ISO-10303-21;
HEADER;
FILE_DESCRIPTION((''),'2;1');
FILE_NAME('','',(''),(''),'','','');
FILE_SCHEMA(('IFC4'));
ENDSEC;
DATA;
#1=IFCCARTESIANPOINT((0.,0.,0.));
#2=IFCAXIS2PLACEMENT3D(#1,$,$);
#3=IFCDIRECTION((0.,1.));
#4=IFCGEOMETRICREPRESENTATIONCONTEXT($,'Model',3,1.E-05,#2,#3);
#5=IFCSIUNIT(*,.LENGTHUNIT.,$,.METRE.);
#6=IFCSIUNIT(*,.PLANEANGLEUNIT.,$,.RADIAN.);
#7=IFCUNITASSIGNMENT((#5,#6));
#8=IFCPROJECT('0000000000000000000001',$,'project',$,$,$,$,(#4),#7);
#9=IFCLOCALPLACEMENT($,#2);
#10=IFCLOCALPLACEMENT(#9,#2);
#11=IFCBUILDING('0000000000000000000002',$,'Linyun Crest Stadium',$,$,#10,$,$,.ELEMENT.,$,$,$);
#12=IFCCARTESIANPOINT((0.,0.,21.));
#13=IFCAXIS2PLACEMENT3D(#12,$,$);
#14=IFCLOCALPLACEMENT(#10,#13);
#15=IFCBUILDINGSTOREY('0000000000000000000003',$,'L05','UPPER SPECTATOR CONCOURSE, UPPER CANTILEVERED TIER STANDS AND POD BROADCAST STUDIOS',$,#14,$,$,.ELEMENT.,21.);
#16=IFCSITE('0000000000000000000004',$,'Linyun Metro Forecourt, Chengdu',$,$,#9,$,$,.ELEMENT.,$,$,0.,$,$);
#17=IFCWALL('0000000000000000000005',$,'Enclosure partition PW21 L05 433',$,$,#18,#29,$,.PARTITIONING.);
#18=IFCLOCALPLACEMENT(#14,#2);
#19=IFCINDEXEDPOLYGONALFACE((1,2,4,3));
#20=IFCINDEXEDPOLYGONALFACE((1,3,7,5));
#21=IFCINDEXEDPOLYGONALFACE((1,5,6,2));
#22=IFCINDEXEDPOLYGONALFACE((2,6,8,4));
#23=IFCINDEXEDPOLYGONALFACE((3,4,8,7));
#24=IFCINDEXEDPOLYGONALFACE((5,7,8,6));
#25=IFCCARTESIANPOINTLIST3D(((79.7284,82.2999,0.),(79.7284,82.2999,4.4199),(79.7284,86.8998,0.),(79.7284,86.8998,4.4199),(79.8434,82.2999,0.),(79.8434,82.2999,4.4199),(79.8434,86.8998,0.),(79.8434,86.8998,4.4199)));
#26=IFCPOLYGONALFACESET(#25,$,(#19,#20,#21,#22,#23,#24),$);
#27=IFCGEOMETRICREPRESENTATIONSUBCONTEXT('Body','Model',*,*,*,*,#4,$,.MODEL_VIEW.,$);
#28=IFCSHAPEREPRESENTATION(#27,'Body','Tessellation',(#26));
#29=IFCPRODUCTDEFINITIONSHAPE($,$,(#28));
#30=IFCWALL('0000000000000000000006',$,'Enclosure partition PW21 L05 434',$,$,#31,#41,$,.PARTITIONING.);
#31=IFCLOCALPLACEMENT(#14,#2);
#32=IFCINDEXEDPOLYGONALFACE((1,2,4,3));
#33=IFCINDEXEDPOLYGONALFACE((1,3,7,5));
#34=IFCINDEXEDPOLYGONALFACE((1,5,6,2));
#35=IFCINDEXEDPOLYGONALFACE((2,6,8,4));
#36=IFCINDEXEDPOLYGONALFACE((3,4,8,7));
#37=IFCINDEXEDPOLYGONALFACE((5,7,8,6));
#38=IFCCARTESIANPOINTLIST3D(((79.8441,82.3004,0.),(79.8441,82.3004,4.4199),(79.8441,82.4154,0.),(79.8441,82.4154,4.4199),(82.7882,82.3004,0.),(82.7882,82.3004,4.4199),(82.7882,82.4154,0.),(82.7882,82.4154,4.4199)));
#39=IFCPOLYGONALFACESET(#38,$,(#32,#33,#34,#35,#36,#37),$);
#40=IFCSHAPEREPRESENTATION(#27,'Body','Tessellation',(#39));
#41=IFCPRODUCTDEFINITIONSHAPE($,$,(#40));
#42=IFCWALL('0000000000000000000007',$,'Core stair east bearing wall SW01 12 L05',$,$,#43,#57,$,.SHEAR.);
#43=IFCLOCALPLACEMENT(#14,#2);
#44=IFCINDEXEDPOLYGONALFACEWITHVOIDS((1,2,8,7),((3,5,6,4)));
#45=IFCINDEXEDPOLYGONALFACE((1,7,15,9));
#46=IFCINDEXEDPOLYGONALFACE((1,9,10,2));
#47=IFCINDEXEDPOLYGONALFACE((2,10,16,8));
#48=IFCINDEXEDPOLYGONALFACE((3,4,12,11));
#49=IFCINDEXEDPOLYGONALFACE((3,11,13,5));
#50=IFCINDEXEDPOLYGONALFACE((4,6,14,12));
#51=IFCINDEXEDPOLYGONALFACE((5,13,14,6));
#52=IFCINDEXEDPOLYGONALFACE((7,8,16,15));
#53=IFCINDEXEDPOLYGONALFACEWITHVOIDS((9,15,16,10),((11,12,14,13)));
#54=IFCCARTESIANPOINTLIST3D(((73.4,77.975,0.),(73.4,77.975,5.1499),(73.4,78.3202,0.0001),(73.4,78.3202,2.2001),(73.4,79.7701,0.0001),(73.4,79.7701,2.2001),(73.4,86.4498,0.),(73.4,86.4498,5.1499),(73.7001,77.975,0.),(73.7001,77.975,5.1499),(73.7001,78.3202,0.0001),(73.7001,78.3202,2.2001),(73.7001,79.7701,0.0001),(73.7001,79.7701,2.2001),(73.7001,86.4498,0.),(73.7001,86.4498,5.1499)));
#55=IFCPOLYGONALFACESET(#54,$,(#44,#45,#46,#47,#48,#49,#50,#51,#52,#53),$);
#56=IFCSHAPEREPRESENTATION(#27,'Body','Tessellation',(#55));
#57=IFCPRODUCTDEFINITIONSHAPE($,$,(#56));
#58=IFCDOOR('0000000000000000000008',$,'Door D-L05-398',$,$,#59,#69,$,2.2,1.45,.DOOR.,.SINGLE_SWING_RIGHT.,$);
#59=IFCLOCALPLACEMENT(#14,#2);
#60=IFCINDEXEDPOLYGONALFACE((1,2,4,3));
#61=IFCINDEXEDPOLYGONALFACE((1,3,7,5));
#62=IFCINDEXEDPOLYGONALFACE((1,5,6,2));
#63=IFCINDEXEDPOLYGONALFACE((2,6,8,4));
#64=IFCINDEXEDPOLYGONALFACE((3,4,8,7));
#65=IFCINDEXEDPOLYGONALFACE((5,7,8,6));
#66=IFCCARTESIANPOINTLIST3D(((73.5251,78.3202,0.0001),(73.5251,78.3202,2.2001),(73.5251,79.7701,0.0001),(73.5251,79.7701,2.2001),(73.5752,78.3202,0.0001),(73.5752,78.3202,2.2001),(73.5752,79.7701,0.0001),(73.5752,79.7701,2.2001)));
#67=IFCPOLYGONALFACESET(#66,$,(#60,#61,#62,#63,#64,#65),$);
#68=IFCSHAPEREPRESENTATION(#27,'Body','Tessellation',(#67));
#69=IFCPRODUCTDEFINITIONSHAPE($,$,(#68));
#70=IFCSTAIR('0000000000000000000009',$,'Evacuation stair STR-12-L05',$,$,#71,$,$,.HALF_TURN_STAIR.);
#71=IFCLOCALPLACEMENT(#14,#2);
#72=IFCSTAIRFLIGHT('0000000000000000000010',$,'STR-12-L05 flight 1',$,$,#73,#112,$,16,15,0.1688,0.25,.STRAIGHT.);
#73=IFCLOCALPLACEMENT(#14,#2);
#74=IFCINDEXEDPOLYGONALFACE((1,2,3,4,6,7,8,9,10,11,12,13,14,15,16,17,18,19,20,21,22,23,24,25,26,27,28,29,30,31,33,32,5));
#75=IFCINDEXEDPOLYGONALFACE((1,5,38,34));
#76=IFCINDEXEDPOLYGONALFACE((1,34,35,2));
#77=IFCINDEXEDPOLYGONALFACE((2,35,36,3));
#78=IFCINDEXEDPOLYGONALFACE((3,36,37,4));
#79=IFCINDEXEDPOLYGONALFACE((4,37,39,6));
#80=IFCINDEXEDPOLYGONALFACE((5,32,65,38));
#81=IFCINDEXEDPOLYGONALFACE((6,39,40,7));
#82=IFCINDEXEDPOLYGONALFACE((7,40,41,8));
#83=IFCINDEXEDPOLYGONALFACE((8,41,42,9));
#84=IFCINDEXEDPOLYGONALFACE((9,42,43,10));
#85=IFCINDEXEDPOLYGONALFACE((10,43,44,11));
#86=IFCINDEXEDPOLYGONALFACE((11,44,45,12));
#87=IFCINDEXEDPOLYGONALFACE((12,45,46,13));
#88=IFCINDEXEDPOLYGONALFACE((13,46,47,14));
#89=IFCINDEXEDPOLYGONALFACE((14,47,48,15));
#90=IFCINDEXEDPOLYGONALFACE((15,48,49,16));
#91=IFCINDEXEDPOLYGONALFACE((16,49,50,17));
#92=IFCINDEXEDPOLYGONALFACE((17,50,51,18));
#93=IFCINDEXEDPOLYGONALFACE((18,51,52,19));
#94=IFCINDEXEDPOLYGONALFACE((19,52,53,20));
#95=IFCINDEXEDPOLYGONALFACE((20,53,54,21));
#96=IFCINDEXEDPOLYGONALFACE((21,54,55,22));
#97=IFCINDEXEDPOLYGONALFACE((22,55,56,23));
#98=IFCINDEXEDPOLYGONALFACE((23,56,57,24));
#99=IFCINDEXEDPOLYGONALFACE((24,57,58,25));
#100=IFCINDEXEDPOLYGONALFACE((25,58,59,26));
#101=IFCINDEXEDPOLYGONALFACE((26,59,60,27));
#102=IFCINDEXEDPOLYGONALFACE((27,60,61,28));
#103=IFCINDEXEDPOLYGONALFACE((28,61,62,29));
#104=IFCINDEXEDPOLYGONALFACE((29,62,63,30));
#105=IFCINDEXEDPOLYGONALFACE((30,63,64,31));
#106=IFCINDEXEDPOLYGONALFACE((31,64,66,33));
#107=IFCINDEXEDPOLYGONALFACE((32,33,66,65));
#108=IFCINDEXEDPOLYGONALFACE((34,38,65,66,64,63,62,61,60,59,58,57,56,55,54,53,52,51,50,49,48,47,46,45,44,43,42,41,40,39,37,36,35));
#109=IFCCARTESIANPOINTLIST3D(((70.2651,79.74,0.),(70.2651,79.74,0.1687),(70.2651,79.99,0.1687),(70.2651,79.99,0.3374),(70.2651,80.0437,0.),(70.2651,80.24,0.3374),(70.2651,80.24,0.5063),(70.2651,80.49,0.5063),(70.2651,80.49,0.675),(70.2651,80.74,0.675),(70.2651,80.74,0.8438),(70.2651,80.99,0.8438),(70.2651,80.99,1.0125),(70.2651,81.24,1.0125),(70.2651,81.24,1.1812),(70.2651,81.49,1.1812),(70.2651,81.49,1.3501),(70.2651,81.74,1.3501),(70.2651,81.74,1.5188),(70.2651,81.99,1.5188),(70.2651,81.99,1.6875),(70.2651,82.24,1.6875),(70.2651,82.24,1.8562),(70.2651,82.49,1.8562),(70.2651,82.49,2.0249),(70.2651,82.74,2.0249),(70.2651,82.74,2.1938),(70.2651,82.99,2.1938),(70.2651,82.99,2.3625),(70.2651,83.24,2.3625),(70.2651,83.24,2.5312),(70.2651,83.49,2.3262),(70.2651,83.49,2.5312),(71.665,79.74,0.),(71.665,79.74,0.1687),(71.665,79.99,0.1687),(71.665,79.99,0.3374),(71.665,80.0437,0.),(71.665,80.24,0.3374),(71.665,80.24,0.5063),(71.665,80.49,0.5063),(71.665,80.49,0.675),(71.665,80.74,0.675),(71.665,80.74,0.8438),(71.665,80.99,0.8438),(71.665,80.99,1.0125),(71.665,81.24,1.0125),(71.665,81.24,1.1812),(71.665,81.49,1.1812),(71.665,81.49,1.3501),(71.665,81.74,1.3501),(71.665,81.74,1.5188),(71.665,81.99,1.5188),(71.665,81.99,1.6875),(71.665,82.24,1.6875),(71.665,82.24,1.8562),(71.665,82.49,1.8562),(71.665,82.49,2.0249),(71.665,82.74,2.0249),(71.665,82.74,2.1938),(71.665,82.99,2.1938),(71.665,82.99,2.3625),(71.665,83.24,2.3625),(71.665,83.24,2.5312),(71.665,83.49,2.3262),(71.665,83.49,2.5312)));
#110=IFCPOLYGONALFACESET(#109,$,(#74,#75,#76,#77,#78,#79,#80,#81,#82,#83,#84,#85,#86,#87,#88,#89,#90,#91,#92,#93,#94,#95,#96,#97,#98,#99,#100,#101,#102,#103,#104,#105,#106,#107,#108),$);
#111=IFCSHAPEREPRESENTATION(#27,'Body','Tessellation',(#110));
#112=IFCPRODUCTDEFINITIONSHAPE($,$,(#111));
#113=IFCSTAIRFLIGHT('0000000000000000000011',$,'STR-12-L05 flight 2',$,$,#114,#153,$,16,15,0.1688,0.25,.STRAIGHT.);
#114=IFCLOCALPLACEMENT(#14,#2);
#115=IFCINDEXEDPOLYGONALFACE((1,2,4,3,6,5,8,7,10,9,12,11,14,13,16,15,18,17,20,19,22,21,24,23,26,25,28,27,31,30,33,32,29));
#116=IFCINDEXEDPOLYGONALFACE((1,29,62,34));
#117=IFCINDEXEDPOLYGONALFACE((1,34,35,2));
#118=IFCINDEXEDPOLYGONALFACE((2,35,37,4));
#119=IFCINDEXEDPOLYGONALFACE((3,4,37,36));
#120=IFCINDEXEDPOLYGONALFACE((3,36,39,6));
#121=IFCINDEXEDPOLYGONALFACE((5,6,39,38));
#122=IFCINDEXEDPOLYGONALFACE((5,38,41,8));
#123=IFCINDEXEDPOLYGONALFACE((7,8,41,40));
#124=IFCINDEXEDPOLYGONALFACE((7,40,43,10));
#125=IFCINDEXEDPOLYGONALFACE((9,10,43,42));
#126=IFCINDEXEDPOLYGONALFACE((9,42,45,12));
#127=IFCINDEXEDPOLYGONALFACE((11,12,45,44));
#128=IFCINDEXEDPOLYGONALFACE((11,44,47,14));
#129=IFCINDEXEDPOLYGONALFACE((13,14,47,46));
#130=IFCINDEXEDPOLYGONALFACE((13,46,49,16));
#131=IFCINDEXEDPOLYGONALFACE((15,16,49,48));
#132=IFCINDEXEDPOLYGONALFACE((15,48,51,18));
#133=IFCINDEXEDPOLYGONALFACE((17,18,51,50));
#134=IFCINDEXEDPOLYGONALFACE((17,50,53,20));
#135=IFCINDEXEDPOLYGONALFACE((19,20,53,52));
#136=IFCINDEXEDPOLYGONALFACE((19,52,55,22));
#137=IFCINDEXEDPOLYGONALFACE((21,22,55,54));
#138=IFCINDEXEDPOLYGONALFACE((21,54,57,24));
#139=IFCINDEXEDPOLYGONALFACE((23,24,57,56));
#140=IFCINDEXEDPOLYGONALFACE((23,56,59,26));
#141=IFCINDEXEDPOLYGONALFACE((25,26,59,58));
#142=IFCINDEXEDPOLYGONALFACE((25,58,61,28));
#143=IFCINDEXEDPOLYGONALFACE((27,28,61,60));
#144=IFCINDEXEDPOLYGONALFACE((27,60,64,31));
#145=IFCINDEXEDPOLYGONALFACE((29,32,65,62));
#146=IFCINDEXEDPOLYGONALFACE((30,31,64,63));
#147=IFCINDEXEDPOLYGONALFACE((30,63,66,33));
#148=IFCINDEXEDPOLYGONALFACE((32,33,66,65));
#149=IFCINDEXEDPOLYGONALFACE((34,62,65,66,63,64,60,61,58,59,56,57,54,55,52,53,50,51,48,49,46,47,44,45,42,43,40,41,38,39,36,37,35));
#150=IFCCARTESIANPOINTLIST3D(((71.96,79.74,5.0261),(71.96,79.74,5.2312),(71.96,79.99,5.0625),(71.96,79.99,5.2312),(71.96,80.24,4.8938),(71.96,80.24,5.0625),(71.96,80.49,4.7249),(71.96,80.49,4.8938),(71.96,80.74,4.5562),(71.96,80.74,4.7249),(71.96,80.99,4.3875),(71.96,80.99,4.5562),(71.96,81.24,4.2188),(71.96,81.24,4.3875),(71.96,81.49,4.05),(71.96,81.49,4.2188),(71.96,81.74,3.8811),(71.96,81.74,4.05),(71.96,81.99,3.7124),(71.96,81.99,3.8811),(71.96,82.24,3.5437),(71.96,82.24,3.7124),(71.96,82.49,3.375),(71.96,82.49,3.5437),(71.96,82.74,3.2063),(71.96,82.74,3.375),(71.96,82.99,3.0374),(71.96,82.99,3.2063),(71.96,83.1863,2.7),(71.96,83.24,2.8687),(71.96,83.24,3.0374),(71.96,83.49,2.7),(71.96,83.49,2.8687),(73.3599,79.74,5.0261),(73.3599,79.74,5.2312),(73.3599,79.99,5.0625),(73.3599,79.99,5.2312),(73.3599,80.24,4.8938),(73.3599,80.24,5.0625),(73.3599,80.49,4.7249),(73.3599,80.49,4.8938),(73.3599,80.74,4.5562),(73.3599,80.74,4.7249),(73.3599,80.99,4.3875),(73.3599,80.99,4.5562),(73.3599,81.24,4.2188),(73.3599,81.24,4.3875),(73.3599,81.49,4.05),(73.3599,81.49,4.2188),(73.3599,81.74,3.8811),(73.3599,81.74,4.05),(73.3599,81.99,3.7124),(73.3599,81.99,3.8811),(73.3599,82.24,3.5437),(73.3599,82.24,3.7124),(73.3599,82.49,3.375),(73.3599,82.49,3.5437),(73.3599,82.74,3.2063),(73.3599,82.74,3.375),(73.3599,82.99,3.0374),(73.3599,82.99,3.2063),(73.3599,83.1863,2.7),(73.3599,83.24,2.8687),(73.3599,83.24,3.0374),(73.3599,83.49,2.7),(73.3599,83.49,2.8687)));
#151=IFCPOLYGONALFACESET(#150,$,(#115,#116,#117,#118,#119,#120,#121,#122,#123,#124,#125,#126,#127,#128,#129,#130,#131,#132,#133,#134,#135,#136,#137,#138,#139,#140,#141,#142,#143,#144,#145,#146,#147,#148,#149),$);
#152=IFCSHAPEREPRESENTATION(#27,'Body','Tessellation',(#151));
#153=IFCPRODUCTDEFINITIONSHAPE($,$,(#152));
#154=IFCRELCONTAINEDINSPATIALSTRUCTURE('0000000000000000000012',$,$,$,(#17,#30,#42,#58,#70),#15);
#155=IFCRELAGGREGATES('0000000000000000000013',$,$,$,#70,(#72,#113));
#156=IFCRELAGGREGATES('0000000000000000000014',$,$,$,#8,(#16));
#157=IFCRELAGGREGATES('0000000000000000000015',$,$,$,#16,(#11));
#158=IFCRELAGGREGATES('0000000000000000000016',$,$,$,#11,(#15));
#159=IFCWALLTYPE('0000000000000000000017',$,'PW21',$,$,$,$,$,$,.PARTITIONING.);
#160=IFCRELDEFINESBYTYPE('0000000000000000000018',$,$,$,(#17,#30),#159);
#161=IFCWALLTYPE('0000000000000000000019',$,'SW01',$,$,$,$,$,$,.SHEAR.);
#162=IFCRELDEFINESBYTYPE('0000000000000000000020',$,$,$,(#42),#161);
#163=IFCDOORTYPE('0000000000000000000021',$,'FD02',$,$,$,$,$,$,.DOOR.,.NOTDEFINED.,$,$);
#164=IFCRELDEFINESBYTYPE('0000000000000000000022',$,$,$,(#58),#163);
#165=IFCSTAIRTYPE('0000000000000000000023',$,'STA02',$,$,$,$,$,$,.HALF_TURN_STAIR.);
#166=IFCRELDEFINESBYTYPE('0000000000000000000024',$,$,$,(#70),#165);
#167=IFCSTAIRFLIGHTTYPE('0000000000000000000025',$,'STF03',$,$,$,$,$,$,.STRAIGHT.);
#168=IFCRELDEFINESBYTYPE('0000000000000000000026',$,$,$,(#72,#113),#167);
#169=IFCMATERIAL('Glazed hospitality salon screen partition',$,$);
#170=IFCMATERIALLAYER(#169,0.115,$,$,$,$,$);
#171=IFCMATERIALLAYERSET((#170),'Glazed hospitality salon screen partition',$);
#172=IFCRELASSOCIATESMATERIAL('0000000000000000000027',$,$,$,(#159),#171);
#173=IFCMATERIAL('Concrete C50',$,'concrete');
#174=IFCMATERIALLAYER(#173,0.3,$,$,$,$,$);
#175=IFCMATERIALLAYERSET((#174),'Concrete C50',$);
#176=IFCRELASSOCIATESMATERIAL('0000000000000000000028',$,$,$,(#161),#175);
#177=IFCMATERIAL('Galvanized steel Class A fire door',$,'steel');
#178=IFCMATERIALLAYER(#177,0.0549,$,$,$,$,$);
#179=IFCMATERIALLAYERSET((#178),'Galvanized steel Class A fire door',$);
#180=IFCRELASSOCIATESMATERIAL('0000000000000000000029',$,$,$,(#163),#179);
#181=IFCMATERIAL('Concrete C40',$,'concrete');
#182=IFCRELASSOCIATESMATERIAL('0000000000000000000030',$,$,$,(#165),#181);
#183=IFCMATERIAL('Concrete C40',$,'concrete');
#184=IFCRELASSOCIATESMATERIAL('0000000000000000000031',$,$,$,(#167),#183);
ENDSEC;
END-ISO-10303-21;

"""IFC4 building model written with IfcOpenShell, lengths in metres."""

from ifc_helpers import new_model, si_unit, direction, frame, frame_2d, origin, place, context, subcontext, project, spatial, polyline, rectangle, outline, extrude, material, layer, layer_set, type_object, element, fill, aggregate, save


model = new_model("IFC4")

# Units and contexts
model_context = context("Model", 3, precision=1e-05, world=origin(), true_north=direction((0.0, 1.0)))
body_context = subcontext(model_context, "Body", "Model", "MODEL_VIEW")
ifc_project = project(units=[si_unit("LENGTHUNIT", "METRE"), si_unit("PLANEANGLEUNIT", "RADIAN")], contexts=[model_context])

# Site, building, storey
site_placement = place(None, origin())
site = spatial("IfcSite", under=ifc_project, at=site_placement, Name="Linyun Metro Forecourt, Chengdu", CompositionType="ELEMENT", RefElevation=0.0)
building_placement = place(site_placement, origin())
building = spatial("IfcBuilding", under=site, at=building_placement, Name="Linyun Crest Stadium", CompositionType="ELEMENT")
storey_placement = place(building_placement, frame((0.0, 0.0, 21.0)))
storey = spatial("IfcBuildingStorey", under=building, at=storey_placement, Name="L05", Description="UPPER SPECTATOR CONCOURSE, UPPER CANTILEVERED TIER STANDS AND POD BROADCAST STUDIOS", CompositionType="ELEMENT", Elevation=21.0)

# Walls
ifc_material_1 = material(Name="Glazed hospitality salon screen partition")
ifc_layer_1 = layer(ifc_material_1, 0.115)
ifc_layer_set_1 = layer_set([ifc_layer_1], Name="Glazed hospitality salon screen partition")
wall_type_1 = type_object("IfcWallType", Name="PW21", PredefinedType="PARTITIONING", material=ifc_layer_set_1)
wall_1_placement = place(storey_placement, frame((79.7859, 82.3, 0.0), z_axis=(0.0, 0.0, 1.0), x_axis=(0.0, 1.0, 0.0)))
element("IfcWall", 1, at=wall_1_placement, inside=storey, type_object=wall_type_1, Name="Enclosure partition PW21 L05 433", PredefinedType="PARTITIONING", context=body_context, shape_type="SweptSolid", body=[
    extrude(rectangle(XDim=4.5999, YDim=0.115, at=frame_2d((2.2998, 0.0))), origin(), (0.0, 0.0, 1.0), 4.4199),
])
wall_2_placement = place(storey_placement, frame((79.844, 82.3579, 0.0), z_axis=(0.0, 0.0, 1.0), x_axis=(1.0, 0.0, 0.0)))
element("IfcWall", 2, at=wall_2_placement, inside=storey, type_object=wall_type_1, Name="Enclosure partition PW21 L05 434", PredefinedType="PARTITIONING", context=body_context, shape_type="SweptSolid", body=[
    extrude(rectangle(XDim=2.9441, YDim=0.115, at=frame_2d((1.4722, 0.0))), origin(), (0.0, 0.0, 1.0), 4.4199),
])

# Wall, opening, door
ifc_material_2 = material(Name="Concrete C50", Category="concrete")
ifc_layer_2 = layer(ifc_material_2, 0.3)
ifc_layer_set_2 = layer_set([ifc_layer_2], Name="Concrete C50")
wall_type_2 = type_object("IfcWallType", Name="SW01", PredefinedType="SHEAR", material=ifc_layer_set_2)
wall_3_placement = place(storey_placement, frame((73.55, 77.9751, 0.0), z_axis=(0.0, 0.0, 1.0), x_axis=(0.0, 1.0, 0.0)))
wall_3 = element("IfcWall", 3, at=wall_3_placement, inside=storey, type_object=wall_type_2, Name="Core stair east bearing wall SW01 12 L05", PredefinedType="SHEAR", context=body_context, shape_type="SweptSolid", body=[
    extrude(rectangle(XDim=8.4749, YDim=0.3, at=frame_2d((4.2373, 0.0))), origin(), (0.0, 0.0, 1.0), 5.1499),
])
opening_1_placement = place(wall_3_placement, frame((0.345, 0.0, 0.0)))
opening_1 = element("IfcOpeningElement", 4, at=opening_1_placement, cuts=wall_3, PredefinedType="OPENING", context=body_context, shape_type="SweptSolid", body=[
    extrude(rectangle(XDim=1.45, YDim=2.2, at=frame_2d((0.7251, 1.1001))), frame((0.0, 0.1599, 0.0), z_axis=(0.0, -1.0, 0.0), x_axis=(1.0, 0.0, 0.0)), (0.0, 0.0, 1.0), 0.3201),
])
ifc_material_3 = material(Name="Galvanized steel Class A fire door", Category="steel")
ifc_layer_3 = layer(ifc_material_3, 0.0549)
ifc_layer_set_3 = layer_set([ifc_layer_3], Name="Galvanized steel Class A fire door")
door_type_1 = type_object("IfcDoorType", Name="FD02", OperationType="NOTDEFINED", PredefinedType="DOOR", material=ifc_layer_set_3)
door_1_placement = place(opening_1_placement, origin())
door_1 = element("IfcDoor", 5, at=door_1_placement, inside=storey, type_object=door_type_1, Name="Door D-L05-398", OperationType="SINGLE_SWING_RIGHT", OverallHeight=2.2, OverallWidth=1.45, PredefinedType="DOOR", context=body_context, shape_type="SweptSolid", body=[
    extrude(rectangle(XDim=1.45, YDim=2.2, at=frame_2d((0.7251, 1.1001))), frame((0.0, 0.0249, 0.0), z_axis=(0.0, -1.0, 0.0), x_axis=(1.0, 0.0, 0.0)), (0.0, 0.0, 1.0), 0.05),
])
fill(opening_1, door_1)

# Stair, stair flights
ifc_material_4 = material(Name="Concrete C40", Category="concrete")
stair_type = type_object("IfcStairType", Name="STA02", PredefinedType="HALF_TURN_STAIR", material=ifc_material_4)
stair_placement = place(storey_placement, origin())
stair = element("IfcStair", 6, at=stair_placement, inside=storey, type_object=stair_type, Name="Evacuation stair STR-12-L05", PredefinedType="HALF_TURN_STAIR")
ifc_material_5 = material(Name="Concrete C40", Category="concrete")
stair_flight_type = type_object("IfcStairFlightType", Name="STF03", PredefinedType="STRAIGHT", material=ifc_material_5)
stair_flight_1_placement = place(storey_placement, frame((70.9651, 79.74, 0.0), z_axis=(0.0, 0.0, 1.0), x_axis=(0.0, 1.0, 0.0)))
stair_flight_1 = element("IfcStairFlight", 7, at=stair_flight_1_placement, type_object=stair_flight_type, Name="STR-12-L05 flight 1", NumberOfRisers=16, NumberOfTreads=15, PredefinedType="STRAIGHT", RiserHeight=0.1688, TreadLength=0.25, context=body_context, shape_type="SweptSolid", body=[
    extrude(outline(polyline([(0.0, 0.0), (0.0, 0.1687), (0.25, 0.1687), (0.25, 0.3374), (0.5, 0.3374), (0.5, 0.5063), (0.75, 0.5063), (0.75, 0.675), (1.0, 0.675), (1.0, 0.8438), (1.25, 0.8438), (1.25, 1.0125), (1.5, 1.0125), (1.5, 1.1812), (1.75, 1.1812), (1.75, 1.3501), (2.0, 1.3501), (2.0, 1.5188), (2.25, 1.5188), (2.25, 1.6875), (2.5, 1.6875), (2.5, 1.8562), (2.75, 1.8562), (2.75, 2.0249), (3.0, 2.0249), (3.0, 2.1938), (3.25, 2.1938), (3.25, 2.3625), (3.5, 2.3625), (3.5, 2.5312), (3.75, 2.5312), (3.75, 2.7), (3.75, 2.3262), (0.3037, 0.0), (0.0, 0.0)])), frame((0.0, 0.7, 0.0), z_axis=(0.0, -1.0, 0.0), x_axis=(1.0, 0.0, 0.0)), (0.0, 0.0, 1.0), 1.3999),
])
stair_flight_2_placement = place(storey_placement, frame((72.6599, 83.49, 2.7), z_axis=(0.0, 0.0, 1.0), x_axis=(0.0, -1.0, 0.0)))
stair_flight_2 = element("IfcStairFlight", 8, at=stair_flight_2_placement, type_object=stair_flight_type, Name="STR-12-L05 flight 2", NumberOfRisers=16, NumberOfTreads=15, PredefinedType="STRAIGHT", RiserHeight=0.1688, TreadLength=0.25, context=body_context, shape_type="SweptSolid", body=[
    extrude(outline(polyline([(0.0, 0.0), (0.0, 0.1687), (0.25, 0.1687), (0.25, 0.3374), (0.5, 0.3374), (0.5, 0.5063), (0.75, 0.5063), (0.75, 0.675), (1.0, 0.675), (1.0, 0.8438), (1.25, 0.8438), (1.25, 1.0125), (1.5, 1.0125), (1.5, 1.1812), (1.75, 1.1812), (1.75, 1.3501), (2.0, 1.3501), (2.0, 1.5188), (2.25, 1.5188), (2.25, 1.6875), (2.5, 1.6875), (2.5, 1.8562), (2.75, 1.8562), (2.75, 2.0249), (3.0, 2.0249), (3.0, 2.1938), (3.25, 2.1938), (3.25, 2.3625), (3.5, 2.3625), (3.5, 2.5312), (3.75, 2.5312), (3.75, 2.7), (3.75, 2.3262), (0.3037, 0.0), (0.0, 0.0)])), frame((0.0, 0.7, 0.0), z_axis=(0.0, -1.0, 0.0), x_axis=(1.0, 0.0, 0.0)), (0.0, 0.0, 1.0), 1.3999),
])
aggregate(stair, [stair_flight_1, stair_flight_2])

save(model, "model.ifc")
